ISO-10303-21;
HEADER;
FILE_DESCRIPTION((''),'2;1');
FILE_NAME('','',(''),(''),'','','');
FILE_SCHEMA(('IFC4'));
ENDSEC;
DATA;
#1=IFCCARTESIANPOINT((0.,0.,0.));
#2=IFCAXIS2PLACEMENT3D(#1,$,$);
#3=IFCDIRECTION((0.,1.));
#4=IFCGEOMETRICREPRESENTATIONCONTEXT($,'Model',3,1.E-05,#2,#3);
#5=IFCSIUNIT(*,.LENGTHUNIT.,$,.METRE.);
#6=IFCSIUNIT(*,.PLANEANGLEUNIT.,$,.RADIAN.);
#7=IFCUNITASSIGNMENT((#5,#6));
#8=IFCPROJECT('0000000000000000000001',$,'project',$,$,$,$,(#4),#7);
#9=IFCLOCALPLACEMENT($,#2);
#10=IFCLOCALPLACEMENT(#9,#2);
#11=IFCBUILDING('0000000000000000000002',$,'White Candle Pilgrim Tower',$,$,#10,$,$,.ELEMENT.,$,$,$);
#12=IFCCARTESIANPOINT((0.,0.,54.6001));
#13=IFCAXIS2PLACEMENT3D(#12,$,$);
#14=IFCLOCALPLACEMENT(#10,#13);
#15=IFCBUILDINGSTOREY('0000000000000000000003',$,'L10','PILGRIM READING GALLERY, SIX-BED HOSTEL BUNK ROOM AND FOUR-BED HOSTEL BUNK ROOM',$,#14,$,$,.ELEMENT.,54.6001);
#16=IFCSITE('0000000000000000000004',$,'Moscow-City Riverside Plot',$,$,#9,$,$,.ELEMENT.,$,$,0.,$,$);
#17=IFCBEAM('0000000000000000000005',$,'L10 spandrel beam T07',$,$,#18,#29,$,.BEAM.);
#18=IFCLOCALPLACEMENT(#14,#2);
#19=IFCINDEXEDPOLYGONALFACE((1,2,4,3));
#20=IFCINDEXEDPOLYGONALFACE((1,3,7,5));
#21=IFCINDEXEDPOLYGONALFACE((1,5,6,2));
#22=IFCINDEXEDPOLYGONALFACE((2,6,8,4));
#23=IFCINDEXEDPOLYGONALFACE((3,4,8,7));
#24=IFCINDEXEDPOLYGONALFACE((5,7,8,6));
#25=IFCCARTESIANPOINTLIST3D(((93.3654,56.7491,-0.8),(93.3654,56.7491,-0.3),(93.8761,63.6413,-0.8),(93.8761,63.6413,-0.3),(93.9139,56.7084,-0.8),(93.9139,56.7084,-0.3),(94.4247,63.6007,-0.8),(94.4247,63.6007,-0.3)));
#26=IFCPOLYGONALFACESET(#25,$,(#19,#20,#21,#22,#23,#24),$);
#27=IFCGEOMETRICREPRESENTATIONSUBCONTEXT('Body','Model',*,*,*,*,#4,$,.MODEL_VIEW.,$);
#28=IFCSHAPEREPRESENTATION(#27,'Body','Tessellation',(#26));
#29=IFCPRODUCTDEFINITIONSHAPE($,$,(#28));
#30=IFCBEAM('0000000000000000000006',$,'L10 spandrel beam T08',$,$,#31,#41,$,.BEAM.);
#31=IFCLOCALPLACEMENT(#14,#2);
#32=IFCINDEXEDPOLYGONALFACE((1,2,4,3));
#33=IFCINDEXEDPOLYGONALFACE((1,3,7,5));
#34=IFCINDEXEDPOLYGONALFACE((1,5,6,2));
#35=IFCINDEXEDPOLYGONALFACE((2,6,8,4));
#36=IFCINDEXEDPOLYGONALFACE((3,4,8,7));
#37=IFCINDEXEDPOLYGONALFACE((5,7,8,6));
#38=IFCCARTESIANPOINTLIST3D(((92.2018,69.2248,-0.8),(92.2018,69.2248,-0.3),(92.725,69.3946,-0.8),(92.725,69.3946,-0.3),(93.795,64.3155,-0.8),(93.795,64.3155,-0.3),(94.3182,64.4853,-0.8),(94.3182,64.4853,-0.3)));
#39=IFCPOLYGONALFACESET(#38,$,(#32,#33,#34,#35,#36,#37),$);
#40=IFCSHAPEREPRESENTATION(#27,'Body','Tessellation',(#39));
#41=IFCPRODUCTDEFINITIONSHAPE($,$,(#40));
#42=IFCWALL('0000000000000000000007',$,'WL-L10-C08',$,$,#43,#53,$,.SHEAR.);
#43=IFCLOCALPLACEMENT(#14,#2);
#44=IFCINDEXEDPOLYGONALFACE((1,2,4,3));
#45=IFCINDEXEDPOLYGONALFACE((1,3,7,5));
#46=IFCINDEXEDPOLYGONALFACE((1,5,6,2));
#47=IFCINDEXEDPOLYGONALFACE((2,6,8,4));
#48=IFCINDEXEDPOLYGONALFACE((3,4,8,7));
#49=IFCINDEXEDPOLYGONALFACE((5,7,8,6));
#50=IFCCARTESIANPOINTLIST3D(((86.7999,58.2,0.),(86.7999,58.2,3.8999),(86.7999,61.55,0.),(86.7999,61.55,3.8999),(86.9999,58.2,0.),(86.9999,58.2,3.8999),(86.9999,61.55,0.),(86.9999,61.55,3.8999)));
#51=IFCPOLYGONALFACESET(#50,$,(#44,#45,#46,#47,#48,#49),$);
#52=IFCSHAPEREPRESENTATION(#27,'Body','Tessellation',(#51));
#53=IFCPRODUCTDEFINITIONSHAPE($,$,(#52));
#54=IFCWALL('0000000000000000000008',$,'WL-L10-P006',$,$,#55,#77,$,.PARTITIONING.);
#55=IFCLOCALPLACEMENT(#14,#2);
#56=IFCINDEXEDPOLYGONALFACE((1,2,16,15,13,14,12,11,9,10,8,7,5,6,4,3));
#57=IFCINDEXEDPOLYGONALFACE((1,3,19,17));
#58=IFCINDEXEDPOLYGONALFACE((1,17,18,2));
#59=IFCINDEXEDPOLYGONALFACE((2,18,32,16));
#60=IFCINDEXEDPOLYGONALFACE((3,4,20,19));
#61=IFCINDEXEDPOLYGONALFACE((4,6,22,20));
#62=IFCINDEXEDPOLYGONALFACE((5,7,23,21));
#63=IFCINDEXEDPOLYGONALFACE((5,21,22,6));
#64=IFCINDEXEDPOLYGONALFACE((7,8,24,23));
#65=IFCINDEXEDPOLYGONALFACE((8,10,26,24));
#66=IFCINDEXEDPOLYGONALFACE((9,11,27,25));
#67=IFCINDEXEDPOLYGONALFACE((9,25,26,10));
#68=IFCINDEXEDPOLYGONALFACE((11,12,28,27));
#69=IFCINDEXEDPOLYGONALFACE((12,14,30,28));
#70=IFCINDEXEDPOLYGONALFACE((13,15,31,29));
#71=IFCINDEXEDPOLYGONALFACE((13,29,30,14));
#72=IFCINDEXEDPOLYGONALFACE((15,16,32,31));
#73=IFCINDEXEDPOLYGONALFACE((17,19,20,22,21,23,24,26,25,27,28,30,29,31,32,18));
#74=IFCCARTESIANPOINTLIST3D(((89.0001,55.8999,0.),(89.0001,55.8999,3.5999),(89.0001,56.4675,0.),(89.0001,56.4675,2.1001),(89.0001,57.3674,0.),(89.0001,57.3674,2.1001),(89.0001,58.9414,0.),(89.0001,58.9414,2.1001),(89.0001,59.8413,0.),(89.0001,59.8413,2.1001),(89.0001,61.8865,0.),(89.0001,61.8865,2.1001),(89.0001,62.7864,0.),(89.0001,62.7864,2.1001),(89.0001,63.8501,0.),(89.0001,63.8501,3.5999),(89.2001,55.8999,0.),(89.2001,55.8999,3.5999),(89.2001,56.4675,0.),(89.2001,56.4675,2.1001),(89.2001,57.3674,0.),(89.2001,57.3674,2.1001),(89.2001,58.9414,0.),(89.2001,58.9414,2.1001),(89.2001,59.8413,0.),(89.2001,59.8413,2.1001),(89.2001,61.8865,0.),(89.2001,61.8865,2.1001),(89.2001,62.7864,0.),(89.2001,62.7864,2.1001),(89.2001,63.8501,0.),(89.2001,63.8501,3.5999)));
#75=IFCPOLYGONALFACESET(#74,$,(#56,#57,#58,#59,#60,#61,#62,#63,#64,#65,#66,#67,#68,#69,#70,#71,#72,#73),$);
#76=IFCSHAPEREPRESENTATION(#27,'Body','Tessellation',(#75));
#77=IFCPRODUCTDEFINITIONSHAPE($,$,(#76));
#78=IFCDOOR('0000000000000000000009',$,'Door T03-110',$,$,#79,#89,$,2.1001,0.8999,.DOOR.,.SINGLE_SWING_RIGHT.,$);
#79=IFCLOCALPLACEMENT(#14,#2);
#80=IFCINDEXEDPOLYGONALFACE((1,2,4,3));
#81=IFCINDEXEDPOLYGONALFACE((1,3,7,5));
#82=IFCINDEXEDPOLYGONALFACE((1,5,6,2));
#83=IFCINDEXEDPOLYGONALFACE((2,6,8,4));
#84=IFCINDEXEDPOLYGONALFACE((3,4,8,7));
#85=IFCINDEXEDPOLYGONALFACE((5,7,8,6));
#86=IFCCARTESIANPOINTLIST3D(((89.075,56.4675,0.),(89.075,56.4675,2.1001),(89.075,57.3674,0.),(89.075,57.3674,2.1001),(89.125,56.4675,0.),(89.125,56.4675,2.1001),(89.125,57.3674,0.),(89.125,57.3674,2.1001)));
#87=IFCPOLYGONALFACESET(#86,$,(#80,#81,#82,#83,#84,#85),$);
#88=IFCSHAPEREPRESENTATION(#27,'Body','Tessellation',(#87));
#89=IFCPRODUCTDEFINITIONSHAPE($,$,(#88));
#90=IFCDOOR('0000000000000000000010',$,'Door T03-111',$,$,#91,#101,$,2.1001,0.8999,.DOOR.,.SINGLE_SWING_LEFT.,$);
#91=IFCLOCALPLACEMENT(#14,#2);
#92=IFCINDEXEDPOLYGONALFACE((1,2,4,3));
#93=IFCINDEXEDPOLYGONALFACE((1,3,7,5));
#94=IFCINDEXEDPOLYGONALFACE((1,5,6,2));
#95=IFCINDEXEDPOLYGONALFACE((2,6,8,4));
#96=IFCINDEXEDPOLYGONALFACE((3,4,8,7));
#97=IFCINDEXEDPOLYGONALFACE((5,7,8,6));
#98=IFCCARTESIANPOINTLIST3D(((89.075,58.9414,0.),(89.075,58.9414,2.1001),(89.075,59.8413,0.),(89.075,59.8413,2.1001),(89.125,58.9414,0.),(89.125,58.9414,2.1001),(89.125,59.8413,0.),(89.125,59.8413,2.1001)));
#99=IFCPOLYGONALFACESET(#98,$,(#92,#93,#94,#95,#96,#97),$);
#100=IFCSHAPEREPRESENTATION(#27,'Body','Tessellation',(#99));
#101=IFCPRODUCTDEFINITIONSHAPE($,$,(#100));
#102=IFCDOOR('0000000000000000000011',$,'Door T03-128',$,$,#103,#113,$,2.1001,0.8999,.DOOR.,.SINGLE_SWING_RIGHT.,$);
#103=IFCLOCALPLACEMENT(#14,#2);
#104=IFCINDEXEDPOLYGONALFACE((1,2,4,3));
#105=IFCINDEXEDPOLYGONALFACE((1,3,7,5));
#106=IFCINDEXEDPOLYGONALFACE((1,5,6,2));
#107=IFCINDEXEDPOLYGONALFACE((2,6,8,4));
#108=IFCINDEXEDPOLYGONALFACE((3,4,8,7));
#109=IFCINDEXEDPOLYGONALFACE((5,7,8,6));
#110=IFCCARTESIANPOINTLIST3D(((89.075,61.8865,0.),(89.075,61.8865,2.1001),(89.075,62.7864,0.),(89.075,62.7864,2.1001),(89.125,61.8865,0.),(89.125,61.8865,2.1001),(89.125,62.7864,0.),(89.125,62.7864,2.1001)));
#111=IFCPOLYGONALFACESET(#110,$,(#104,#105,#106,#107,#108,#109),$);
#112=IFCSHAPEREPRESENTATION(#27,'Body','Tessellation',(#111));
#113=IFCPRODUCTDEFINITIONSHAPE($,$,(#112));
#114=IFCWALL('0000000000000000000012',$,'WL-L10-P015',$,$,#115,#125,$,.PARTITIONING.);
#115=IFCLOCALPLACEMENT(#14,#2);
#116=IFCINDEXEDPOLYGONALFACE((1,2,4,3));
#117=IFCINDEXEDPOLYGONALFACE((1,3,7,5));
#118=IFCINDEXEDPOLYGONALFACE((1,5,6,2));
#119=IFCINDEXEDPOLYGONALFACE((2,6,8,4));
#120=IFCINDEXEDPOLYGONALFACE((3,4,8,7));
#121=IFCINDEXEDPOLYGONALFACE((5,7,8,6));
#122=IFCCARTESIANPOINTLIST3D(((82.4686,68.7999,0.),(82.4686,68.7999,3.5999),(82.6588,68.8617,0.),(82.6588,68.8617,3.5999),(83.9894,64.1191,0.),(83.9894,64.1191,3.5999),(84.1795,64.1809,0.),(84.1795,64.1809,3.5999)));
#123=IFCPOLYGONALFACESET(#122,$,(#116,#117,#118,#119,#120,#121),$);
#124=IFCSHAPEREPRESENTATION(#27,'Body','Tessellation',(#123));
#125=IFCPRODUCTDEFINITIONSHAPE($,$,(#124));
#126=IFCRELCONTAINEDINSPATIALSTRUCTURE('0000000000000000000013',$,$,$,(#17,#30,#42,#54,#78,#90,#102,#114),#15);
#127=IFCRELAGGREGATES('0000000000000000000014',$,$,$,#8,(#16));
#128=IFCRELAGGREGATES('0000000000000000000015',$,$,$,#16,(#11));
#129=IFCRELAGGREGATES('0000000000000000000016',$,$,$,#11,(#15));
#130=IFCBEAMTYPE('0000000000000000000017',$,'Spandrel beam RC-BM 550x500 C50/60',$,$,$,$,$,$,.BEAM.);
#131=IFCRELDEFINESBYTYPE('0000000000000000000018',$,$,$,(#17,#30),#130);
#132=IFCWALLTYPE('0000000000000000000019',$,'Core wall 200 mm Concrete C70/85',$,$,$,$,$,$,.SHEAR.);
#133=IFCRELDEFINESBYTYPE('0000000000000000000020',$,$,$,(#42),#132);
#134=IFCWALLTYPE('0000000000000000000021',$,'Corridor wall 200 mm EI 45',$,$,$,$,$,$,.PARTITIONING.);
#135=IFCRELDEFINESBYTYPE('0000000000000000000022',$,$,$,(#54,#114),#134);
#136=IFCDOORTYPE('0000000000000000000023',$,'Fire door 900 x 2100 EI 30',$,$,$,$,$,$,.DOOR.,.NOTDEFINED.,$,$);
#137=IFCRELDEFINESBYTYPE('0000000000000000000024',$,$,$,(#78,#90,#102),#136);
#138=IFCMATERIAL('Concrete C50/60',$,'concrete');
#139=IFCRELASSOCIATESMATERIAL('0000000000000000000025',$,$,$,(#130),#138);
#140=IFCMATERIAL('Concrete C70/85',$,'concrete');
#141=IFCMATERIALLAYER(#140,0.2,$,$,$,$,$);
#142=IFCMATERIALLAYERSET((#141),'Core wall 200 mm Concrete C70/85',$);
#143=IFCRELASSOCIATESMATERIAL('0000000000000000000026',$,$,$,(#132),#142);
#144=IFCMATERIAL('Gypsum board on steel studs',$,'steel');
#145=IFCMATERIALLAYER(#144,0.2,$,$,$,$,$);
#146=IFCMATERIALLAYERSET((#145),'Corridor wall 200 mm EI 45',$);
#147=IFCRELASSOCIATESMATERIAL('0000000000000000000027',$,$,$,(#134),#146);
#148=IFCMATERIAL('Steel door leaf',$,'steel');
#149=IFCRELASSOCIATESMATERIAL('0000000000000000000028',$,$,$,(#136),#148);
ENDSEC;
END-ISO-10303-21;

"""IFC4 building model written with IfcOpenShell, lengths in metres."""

from ifc_helpers import new_model, si_unit, direction, frame, frame_2d, origin, origin_2d, place, context, subcontext, project, spatial, rectangle, extrude, material, layer, layer_set, material_profile, profile_set, type_object, element, fill, save


model = new_model("IFC4")

# Units and contexts
model_context = context("Model", 3, precision=1e-05, world=origin(), true_north=direction((0.0, 1.0)))
body_context = subcontext(model_context, "Body", "Model", "MODEL_VIEW")
ifc_project = project(units=[si_unit("LENGTHUNIT", "METRE"), si_unit("PLANEANGLEUNIT", "RADIAN")], contexts=[model_context])

# Site, building, storey
site_placement = place(None, origin())
site = spatial("IfcSite", under=ifc_project, at=site_placement, Name="Moscow-City Riverside Plot", CompositionType="ELEMENT", RefElevation=0.0)
building_placement = place(site_placement, origin())
building = spatial("IfcBuilding", under=site, at=building_placement, Name="White Candle Pilgrim Tower", CompositionType="ELEMENT")
storey_placement = place(building_placement, frame((0.0, 0.0, 54.6001)))
storey = spatial("IfcBuildingStorey", under=building, at=storey_placement, Name="L10", Description="PILGRIM READING GALLERY, SIX-BED HOSTEL BUNK ROOM AND FOUR-BED HOSTEL BUNK ROOM", CompositionType="ELEMENT", Elevation=54.6001)

# Beams
ifc_material_1 = material(Name="Concrete C50/60", Category="concrete")
ifc_material_profile_1 = material_profile(ifc_material_1, rectangle(XDim=0.55, YDim=0.5, at=origin_2d()), Name="RC-BM 550x500")
ifc_profile_set_1 = profile_set([ifc_material_profile_1], Name="Concrete C50/60")
beam_type_1 = type_object("IfcBeamType", Name="Spandrel beam RC-BM 550x500 C50/60", PredefinedType="BEAM", material=ifc_profile_set_1)
beam_1_placement = place(storey_placement, frame((93.6396, 56.7288, -0.55), z_axis=(0.0739, 0.997266, 0.0), x_axis=(-0.997266, 0.0739, 0.0)))
element("IfcBeam", 1, at=beam_1_placement, inside=storey, type_object=beam_type_1, Name="L10 spandrel beam T07", PredefinedType="BEAM", context=body_context, shape_type="SweptSolid", body=[
    extrude(rectangle(XDim=0.55, YDim=0.5, at=origin_2d()), origin(), (0.0, 0.0, 1.0), 6.9111),
])
beam_2_placement = place(storey_placement, frame((94.0566, 64.4004, -0.55), z_axis=(-0.308683, 0.951165, 0.0), x_axis=(-0.951165, -0.308683, 0.0)))
element("IfcBeam", 2, at=beam_2_placement, inside=storey, type_object=beam_type_1, Name="L10 spandrel beam T08", PredefinedType="BEAM", context=body_context, shape_type="SweptSolid", body=[
    extrude(rectangle(XDim=0.55, YDim=0.5, at=origin_2d()), origin(), (0.0, 0.0, 1.0), 5.1614),
])

# Wall
ifc_material_2 = material(Name="Concrete C70/85", Category="concrete")
ifc_layer_1 = layer(ifc_material_2, 0.2)
ifc_layer_set_1 = layer_set([ifc_layer_1], Name="Core wall 200 mm Concrete C70/85")
wall_type_1 = type_object("IfcWallType", Name="Core wall 200 mm Concrete C70/85", PredefinedType="SHEAR", material=ifc_layer_set_1)
wall_1_placement = place(storey_placement, frame((86.8999, 58.2, 0.0), z_axis=(0.0, 0.0, 1.0), x_axis=(0.0, 1.0, 0.0)))
element("IfcWall", 3, at=wall_1_placement, inside=storey, type_object=wall_type_1, Name="WL-L10-C08", PredefinedType="SHEAR", context=body_context, shape_type="SweptSolid", body=[
    extrude(rectangle(XDim=3.3501, YDim=0.2, at=frame_2d((1.675, 0.0))), origin(), (0.0, 0.0, 1.0), 3.8999),
])

# Wall, openings, doors
ifc_material_3 = material(Name="Gypsum board on steel studs", Category="steel")
ifc_layer_2 = layer(ifc_material_3, 0.2)
ifc_layer_set_2 = layer_set([ifc_layer_2], Name="Corridor wall 200 mm EI 45")
wall_type_2 = type_object("IfcWallType", Name="Corridor wall 200 mm EI 45", PredefinedType="PARTITIONING", material=ifc_layer_set_2)
wall_2_placement = place(storey_placement, frame((89.1001, 63.8501, 0.0), z_axis=(0.0, 0.0, 1.0), x_axis=(0.0, -1.0, 0.0)))
wall_2 = element("IfcWall", 4, at=wall_2_placement, inside=storey, type_object=wall_type_2, Name="WL-L10-P006", PredefinedType="PARTITIONING", context=body_context, shape_type="SweptSolid", body=[
    extrude(rectangle(XDim=7.9502, YDim=0.2, at=frame_2d((3.9751, 0.0))), origin(), (0.0, 0.0, 1.0), 3.5999),
])
opening_1_placement = place(wall_2_placement, frame((6.4827, 0.0, 0.0)))
opening_1 = element("IfcOpeningElement", 5, at=opening_1_placement, cuts=wall_2, PredefinedType="OPENING", context=body_context, shape_type="SweptSolid", body=[
    extrude(rectangle(XDim=0.8999, YDim=2.1001, at=frame_2d((0.45, 1.05))), frame((0.0, 0.1099, 0.0), z_axis=(0.0, -1.0, 0.0), x_axis=(1.0, 0.0, 0.0)), (0.0, 0.0, 1.0), 0.22),
])
opening_2_placement = place(wall_2_placement, frame((4.0088, 0.0, 0.0)))
opening_2 = element("IfcOpeningElement", 6, at=opening_2_placement, cuts=wall_2, PredefinedType="OPENING", context=body_context, shape_type="SweptSolid", body=[
    extrude(rectangle(XDim=0.8999, YDim=2.1001, at=frame_2d((0.45, 1.05))), frame((0.0, 0.1099, 0.0), z_axis=(0.0, -1.0, 0.0), x_axis=(1.0, 0.0, 0.0)), (0.0, 0.0, 1.0), 0.22),
])
opening_3_placement = place(wall_2_placement, frame((1.0637, 0.0, 0.0)))
opening_3 = element("IfcOpeningElement", 7, at=opening_3_placement, cuts=wall_2, PredefinedType="OPENING", context=body_context, shape_type="SweptSolid", body=[
    extrude(rectangle(XDim=0.8999, YDim=2.1001, at=frame_2d((0.45, 1.05))), frame((0.0, 0.1099, 0.0), z_axis=(0.0, -1.0, 0.0), x_axis=(1.0, 0.0, 0.0)), (0.0, 0.0, 1.0), 0.22),
])
ifc_material_4 = material(Name="Steel door leaf", Category="steel")
door_type_1 = type_object("IfcDoorType", Name="Fire door 900 x 2100 EI 30", OperationType="NOTDEFINED", PredefinedType="DOOR", material=ifc_material_4)
door_1_placement = place(opening_1_placement, origin())
door_1 = element("IfcDoor", 8, at=door_1_placement, inside=storey, type_object=door_type_1, Name="Door T03-110", OperationType="SINGLE_SWING_RIGHT", OverallHeight=2.1001, OverallWidth=0.8999, PredefinedType="DOOR", context=body_context, shape_type="SweptSolid", body=[
    extrude(rectangle(XDim=0.8999, YDim=2.1001, at=frame_2d((0.45, 1.05))), frame((0.0, 0.0249, 0.0), z_axis=(0.0, -1.0, 0.0), x_axis=(1.0, 0.0, 0.0)), (0.0, 0.0, 1.0), 0.05),
])
fill(opening_1, door_1)
door_2_placement = place(opening_2_placement, origin())
door_2 = element("IfcDoor", 9, at=door_2_placement, inside=storey, type_object=door_type_1, Name="Door T03-111", OperationType="SINGLE_SWING_LEFT", OverallHeight=2.1001, OverallWidth=0.8999, PredefinedType="DOOR", context=body_context, shape_type="SweptSolid", body=[
    extrude(rectangle(XDim=0.8999, YDim=2.1001, at=frame_2d((0.45, 1.05))), frame((0.0, 0.0249, 0.0), z_axis=(0.0, -1.0, 0.0), x_axis=(1.0, 0.0, 0.0)), (0.0, 0.0, 1.0), 0.05),
])
fill(opening_2, door_2)
door_3_placement = place(opening_3_placement, origin())
door_3 = element("IfcDoor", 10, at=door_3_placement, inside=storey, type_object=door_type_1, Name="Door T03-128", OperationType="SINGLE_SWING_RIGHT", OverallHeight=2.1001, OverallWidth=0.8999, PredefinedType="DOOR", context=body_context, shape_type="SweptSolid", body=[
    extrude(rectangle(XDim=0.8999, YDim=2.1001, at=frame_2d((0.45, 1.05))), frame((0.0, 0.0249, 0.0), z_axis=(0.0, -1.0, 0.0), x_axis=(1.0, 0.0, 0.0)), (0.0, 0.0, 1.0), 0.05),
])
fill(opening_3, door_3)

# Wall
wall_3_placement = place(storey_placement, frame((84.0845, 64.1499, 0.0), z_axis=(0.0, 0.0, 1.0), x_axis=(-0.308986, 0.951067, 0.0)))
element("IfcWall", 11, at=wall_3_placement, inside=storey, type_object=wall_type_2, Name="WL-L10-P015", PredefinedType="PARTITIONING", context=body_context, shape_type="SweptSolid", body=[
    extrude(rectangle(XDim=4.9216, YDim=0.2, at=frame_2d((2.4609, 0.0))), origin(), (0.0, 0.0, 1.0), 3.5999),
])

save(model, "model.ifc")
